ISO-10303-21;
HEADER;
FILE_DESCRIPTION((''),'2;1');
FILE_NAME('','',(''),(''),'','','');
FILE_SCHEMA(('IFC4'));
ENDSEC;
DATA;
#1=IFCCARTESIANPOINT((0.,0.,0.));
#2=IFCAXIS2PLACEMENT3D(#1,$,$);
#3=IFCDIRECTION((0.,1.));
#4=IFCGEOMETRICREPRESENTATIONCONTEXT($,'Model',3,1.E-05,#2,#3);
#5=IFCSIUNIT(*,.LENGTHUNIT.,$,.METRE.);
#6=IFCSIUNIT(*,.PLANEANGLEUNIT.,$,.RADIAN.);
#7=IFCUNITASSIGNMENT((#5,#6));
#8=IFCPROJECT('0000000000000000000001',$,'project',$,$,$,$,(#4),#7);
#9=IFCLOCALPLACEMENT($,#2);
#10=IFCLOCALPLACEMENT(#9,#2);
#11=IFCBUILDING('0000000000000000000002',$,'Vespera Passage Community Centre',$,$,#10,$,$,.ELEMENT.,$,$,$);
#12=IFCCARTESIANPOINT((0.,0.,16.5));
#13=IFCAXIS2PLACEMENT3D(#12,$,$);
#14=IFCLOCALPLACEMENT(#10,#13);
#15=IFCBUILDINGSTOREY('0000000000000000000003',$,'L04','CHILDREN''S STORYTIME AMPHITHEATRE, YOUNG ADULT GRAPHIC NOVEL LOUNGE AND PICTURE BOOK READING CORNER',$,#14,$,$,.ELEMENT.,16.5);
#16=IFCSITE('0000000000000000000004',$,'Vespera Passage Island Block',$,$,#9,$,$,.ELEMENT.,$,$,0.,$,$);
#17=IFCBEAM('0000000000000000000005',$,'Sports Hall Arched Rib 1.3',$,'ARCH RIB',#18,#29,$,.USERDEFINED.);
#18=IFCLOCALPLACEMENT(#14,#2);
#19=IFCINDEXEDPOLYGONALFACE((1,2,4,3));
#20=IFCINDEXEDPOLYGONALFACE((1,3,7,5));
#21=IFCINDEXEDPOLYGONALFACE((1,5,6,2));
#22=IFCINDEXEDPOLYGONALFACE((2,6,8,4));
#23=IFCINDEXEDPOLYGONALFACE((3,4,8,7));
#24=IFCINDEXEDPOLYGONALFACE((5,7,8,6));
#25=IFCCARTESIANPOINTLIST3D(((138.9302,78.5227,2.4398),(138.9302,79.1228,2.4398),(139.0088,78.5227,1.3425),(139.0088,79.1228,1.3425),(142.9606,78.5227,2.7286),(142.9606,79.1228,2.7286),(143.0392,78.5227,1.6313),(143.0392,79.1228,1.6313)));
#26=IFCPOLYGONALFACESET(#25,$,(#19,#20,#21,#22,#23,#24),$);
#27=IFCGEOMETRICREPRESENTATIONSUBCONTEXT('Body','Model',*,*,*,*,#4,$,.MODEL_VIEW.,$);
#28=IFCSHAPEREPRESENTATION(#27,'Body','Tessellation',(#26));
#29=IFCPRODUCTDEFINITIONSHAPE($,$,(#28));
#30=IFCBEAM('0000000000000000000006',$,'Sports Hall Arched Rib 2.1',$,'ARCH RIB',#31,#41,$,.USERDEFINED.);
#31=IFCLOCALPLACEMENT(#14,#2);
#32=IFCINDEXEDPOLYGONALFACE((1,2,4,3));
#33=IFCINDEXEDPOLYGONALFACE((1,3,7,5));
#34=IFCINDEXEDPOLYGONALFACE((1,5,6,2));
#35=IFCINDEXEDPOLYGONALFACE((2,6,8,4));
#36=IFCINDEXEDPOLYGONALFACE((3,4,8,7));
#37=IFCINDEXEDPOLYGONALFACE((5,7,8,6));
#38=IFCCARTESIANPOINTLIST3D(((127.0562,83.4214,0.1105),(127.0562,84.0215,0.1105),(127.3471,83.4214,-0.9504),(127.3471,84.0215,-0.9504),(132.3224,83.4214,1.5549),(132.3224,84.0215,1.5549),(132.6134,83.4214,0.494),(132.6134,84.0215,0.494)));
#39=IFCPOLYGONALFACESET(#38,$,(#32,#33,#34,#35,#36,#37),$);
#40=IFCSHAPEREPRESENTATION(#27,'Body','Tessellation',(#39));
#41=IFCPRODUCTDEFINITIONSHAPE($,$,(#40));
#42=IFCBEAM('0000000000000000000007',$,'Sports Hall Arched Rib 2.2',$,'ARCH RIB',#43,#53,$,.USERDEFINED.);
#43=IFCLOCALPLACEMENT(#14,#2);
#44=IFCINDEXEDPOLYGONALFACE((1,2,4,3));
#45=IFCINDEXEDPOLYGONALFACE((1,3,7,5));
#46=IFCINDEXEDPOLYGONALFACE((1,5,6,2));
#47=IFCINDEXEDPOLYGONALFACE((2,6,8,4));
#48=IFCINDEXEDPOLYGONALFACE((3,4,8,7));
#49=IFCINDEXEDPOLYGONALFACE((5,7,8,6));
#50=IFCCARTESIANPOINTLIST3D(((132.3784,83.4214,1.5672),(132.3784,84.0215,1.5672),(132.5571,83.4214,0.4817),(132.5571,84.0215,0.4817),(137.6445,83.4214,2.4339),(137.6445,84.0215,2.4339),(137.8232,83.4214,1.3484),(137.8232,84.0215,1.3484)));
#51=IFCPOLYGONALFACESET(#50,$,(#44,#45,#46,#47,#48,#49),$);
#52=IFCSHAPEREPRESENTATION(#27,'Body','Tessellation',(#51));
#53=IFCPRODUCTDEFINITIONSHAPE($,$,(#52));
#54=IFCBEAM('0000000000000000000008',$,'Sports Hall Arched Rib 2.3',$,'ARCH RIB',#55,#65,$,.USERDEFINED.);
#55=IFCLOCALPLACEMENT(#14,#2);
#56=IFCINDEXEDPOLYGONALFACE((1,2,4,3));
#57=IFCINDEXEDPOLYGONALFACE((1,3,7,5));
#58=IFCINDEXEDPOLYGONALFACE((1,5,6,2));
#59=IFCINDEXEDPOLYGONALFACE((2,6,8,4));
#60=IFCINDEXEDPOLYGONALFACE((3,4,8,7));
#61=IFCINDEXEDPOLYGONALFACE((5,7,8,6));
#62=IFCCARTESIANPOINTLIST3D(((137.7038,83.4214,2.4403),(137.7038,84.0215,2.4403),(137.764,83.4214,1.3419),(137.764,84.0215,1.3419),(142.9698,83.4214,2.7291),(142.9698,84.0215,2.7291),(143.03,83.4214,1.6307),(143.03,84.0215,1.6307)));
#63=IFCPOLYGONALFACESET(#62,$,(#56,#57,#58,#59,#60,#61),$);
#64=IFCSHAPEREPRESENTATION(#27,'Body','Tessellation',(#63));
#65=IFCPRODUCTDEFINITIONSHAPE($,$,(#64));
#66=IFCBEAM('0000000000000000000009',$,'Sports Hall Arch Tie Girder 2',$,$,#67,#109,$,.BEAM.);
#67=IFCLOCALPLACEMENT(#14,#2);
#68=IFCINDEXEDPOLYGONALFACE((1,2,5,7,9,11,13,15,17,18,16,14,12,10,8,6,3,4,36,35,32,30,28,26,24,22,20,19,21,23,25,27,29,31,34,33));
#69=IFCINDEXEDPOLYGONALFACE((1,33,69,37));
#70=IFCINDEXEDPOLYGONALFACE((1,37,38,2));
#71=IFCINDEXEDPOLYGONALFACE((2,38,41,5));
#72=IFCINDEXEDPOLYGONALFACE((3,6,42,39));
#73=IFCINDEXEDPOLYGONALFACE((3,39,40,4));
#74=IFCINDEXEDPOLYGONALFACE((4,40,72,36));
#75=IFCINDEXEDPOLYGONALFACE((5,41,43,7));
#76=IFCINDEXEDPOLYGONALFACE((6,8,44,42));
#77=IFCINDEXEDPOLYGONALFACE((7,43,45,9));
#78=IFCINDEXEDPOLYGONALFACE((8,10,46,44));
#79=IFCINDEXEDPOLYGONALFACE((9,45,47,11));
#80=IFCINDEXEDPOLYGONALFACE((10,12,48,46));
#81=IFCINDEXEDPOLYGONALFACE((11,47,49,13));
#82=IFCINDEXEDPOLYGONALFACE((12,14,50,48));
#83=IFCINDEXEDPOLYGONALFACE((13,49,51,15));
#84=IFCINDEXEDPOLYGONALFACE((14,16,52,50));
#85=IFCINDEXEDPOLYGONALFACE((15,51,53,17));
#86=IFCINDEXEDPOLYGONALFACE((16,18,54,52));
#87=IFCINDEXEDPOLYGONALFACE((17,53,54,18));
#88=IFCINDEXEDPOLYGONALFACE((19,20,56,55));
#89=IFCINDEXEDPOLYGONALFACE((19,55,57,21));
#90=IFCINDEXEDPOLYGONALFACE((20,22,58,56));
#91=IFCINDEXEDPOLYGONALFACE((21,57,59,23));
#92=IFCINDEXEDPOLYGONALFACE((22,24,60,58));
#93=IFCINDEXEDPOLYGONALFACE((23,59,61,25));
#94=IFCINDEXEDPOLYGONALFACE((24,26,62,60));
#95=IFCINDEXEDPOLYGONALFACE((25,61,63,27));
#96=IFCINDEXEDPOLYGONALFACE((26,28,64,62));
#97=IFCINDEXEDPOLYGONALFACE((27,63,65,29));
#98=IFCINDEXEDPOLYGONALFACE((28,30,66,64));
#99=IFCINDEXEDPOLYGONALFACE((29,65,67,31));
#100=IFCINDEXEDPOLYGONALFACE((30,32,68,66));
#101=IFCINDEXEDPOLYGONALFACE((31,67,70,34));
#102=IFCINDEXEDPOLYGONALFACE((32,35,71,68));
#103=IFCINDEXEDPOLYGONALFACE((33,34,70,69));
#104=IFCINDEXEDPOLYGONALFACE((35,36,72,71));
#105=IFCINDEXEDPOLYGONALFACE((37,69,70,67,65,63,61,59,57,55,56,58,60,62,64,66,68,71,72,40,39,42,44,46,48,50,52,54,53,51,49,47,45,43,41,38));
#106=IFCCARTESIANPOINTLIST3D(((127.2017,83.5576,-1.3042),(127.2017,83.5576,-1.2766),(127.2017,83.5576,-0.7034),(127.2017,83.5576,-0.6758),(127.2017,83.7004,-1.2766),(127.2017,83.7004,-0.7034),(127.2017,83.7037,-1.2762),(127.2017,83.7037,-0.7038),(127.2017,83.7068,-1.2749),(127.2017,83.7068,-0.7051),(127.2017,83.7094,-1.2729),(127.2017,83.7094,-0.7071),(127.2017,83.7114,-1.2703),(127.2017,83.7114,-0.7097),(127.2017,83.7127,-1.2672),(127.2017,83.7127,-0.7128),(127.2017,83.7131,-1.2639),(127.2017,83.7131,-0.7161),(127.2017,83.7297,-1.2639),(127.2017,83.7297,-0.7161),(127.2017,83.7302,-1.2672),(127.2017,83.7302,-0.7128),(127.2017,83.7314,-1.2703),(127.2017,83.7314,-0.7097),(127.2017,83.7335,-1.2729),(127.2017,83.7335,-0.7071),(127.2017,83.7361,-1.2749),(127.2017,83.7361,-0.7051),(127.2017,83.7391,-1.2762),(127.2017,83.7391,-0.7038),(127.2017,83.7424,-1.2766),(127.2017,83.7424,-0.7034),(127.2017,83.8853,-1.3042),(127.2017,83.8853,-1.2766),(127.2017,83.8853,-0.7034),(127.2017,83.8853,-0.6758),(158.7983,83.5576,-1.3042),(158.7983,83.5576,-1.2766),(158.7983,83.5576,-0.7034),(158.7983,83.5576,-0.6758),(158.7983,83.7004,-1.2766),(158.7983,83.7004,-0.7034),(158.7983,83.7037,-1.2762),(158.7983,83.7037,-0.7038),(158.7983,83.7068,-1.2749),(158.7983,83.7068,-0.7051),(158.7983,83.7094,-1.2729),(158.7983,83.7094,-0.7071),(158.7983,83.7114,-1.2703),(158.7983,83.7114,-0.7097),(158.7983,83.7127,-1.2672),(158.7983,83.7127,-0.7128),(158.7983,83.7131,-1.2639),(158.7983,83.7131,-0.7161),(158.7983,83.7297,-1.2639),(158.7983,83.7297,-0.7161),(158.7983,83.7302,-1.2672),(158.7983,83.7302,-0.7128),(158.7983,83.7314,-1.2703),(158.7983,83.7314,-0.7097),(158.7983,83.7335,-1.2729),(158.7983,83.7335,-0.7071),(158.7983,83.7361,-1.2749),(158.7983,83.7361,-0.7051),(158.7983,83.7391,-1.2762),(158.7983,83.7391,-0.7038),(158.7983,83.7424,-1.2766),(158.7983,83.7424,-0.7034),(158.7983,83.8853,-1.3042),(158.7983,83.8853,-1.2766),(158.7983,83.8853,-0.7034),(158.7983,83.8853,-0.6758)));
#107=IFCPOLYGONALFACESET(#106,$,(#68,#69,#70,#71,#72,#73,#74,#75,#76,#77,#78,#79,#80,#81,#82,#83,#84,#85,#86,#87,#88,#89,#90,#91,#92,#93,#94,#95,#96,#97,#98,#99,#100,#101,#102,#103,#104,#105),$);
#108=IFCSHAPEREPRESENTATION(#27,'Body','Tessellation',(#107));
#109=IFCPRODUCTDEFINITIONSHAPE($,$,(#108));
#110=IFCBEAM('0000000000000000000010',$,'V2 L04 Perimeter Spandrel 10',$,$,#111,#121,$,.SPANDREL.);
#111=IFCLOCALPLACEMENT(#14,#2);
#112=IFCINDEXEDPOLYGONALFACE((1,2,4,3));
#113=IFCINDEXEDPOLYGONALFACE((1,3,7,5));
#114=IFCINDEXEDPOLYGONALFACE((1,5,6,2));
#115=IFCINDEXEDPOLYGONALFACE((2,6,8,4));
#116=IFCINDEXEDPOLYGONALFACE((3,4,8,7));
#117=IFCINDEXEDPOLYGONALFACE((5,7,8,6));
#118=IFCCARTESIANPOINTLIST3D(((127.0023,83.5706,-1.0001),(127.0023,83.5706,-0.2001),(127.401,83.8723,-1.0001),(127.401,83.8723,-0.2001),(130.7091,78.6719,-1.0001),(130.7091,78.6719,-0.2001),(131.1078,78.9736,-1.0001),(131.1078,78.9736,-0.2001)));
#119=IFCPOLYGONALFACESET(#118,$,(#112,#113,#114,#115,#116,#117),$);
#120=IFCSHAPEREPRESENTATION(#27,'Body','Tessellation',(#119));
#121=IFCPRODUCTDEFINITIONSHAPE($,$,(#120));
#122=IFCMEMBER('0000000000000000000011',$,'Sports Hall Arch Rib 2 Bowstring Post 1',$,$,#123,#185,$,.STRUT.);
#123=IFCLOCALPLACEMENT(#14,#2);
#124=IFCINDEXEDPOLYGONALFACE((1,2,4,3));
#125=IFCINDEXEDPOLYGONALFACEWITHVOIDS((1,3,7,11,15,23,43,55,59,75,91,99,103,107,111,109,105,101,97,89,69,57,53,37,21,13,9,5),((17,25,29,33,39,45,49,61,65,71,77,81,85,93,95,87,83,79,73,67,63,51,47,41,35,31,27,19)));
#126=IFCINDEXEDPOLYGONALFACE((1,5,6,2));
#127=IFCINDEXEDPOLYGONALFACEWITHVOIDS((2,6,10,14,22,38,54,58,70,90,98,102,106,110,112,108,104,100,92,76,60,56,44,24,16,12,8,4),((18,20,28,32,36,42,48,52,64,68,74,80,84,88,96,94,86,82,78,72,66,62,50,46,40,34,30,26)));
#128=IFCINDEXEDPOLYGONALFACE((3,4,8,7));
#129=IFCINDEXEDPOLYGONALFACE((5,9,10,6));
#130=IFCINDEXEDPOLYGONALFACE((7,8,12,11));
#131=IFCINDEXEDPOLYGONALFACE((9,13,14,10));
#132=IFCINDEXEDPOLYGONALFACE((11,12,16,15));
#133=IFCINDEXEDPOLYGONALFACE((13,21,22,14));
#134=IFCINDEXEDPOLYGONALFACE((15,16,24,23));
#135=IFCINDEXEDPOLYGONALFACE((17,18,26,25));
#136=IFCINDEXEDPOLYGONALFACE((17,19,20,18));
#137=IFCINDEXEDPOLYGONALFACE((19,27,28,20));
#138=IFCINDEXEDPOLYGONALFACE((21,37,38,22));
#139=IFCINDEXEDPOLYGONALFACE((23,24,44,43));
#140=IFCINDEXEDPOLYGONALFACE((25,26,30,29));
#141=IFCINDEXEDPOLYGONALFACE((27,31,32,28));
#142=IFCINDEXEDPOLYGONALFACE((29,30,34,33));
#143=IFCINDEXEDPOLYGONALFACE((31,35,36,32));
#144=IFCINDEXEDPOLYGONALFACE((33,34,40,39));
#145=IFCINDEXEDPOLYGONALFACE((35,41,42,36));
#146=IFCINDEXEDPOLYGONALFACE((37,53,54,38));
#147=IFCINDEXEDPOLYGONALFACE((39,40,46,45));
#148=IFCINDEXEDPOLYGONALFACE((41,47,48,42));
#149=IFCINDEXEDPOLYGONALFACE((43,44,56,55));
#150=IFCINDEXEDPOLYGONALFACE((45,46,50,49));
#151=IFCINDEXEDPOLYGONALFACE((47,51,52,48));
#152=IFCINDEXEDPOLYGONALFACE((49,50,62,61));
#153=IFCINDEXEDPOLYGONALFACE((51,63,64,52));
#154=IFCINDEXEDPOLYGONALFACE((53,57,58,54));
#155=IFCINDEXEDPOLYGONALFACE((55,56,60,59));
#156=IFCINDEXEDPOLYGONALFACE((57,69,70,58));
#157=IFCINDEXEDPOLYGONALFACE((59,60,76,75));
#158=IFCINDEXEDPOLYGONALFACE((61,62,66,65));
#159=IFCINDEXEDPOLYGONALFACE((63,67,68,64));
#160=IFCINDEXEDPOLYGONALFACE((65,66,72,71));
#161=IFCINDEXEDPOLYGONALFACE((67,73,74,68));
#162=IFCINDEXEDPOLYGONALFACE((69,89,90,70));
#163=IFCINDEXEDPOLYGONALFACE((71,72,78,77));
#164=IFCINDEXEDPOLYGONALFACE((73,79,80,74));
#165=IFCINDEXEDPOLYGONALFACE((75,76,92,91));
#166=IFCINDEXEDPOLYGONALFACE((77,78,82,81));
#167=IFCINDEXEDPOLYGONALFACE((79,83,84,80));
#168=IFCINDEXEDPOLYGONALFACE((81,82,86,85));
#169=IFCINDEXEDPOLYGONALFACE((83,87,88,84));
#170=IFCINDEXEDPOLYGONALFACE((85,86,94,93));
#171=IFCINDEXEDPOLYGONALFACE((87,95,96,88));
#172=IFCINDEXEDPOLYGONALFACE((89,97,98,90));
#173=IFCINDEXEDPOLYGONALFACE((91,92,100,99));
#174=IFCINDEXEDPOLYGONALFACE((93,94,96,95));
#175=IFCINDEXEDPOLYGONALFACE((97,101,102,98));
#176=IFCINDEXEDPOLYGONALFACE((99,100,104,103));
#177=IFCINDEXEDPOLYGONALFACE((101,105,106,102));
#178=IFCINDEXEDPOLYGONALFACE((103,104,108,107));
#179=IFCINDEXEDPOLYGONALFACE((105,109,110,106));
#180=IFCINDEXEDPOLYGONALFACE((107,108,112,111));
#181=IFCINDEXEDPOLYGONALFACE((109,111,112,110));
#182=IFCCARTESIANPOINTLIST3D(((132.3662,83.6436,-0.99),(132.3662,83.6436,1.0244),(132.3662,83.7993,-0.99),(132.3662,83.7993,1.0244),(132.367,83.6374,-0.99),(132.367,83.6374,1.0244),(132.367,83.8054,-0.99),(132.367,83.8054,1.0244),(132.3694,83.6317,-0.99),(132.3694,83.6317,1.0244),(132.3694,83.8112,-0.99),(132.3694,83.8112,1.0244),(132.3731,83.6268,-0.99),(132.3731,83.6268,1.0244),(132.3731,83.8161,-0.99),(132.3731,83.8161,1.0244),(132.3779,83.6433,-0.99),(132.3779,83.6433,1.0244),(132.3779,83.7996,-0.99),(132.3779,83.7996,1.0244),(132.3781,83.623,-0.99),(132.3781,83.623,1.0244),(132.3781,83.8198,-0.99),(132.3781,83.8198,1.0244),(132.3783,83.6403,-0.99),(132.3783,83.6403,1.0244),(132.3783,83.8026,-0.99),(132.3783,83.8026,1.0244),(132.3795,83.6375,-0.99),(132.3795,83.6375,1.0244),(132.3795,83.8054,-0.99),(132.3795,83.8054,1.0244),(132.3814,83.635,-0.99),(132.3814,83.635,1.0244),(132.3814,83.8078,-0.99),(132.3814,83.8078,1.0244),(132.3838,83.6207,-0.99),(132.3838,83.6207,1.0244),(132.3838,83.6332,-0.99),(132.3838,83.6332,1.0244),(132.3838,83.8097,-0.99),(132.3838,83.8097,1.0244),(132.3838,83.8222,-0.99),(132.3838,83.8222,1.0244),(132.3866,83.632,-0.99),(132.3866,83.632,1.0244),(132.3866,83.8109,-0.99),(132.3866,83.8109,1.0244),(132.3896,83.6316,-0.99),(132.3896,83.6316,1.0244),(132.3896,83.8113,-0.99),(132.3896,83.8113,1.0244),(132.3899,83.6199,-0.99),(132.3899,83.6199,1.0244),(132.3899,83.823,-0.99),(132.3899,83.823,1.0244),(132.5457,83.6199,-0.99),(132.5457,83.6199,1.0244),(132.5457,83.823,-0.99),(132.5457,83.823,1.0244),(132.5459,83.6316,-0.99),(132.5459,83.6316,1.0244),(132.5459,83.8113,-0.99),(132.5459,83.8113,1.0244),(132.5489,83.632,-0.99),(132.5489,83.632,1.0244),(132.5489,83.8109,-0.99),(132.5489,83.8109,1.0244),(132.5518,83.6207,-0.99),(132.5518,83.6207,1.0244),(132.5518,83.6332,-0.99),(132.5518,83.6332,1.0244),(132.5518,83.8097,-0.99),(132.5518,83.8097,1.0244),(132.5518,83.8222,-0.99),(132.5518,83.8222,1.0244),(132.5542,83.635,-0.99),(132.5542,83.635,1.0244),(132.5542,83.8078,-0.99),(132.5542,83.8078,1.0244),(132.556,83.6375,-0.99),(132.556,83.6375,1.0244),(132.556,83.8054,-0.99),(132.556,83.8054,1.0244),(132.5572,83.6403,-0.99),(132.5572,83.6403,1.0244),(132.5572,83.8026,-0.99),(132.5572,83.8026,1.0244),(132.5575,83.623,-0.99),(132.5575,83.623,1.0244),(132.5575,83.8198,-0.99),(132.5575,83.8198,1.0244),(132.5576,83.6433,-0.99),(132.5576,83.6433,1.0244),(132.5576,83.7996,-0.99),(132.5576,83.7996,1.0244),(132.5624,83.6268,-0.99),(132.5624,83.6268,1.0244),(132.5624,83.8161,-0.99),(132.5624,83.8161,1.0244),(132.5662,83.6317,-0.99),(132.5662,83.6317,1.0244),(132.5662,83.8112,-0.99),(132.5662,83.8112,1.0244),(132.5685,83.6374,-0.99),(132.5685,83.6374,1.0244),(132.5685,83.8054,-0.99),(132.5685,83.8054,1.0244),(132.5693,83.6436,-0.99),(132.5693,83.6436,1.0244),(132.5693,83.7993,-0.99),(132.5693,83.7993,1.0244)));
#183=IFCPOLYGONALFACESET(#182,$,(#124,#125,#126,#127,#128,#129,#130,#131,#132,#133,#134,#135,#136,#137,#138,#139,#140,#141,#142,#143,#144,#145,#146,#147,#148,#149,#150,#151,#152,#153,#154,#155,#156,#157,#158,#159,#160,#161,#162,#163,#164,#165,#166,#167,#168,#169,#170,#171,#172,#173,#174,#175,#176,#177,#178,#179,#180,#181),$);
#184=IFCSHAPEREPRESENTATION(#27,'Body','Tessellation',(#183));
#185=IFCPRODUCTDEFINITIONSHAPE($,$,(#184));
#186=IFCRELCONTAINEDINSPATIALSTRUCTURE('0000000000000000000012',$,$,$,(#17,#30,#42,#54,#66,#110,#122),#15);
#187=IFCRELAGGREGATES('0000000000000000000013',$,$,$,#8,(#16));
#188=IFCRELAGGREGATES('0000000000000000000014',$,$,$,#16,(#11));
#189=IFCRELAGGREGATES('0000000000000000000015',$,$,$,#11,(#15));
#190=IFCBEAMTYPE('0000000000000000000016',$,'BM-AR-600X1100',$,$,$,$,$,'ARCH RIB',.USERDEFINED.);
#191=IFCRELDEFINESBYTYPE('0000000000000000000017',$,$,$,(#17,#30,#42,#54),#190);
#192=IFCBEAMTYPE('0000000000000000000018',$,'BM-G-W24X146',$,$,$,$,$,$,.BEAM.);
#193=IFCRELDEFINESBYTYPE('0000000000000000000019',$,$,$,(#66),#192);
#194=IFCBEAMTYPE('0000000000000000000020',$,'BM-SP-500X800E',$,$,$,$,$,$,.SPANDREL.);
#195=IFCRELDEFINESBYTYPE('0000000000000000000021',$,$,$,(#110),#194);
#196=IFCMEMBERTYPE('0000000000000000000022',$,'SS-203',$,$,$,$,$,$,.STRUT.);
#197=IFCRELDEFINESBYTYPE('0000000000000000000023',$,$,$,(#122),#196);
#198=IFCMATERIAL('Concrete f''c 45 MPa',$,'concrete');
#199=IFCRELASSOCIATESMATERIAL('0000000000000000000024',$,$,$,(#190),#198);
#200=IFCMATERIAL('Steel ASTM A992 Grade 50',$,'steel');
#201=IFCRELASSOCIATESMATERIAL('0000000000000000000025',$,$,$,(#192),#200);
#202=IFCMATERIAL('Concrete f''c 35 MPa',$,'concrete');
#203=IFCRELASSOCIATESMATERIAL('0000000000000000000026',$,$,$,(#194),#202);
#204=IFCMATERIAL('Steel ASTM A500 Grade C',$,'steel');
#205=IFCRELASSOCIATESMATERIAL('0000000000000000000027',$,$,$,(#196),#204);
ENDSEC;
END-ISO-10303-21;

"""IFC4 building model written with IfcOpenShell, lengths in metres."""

from ifc_helpers import new_model, si_unit, direction, frame, origin, origin_2d, place, context, subcontext, project, spatial, rectangle, hollow_rectangle, i_section, extrude, material, material_profile, profile_set, type_object, element, save


model = new_model("IFC4")

# Units and contexts
model_context = context("Model", 3, precision=1e-05, world=origin(), true_north=direction((0.0, 1.0)))
body_context = subcontext(model_context, "Body", "Model", "MODEL_VIEW")
ifc_project = project(units=[si_unit("LENGTHUNIT", "METRE"), si_unit("PLANEANGLEUNIT", "RADIAN")], contexts=[model_context])

# Site, building, storey
site_placement = place(None, origin())
site = spatial("IfcSite", under=ifc_project, at=site_placement, Name="Vespera Passage Island Block", CompositionType="ELEMENT", RefElevation=0.0)
building_placement = place(site_placement, origin())
building = spatial("IfcBuilding", under=site, at=building_placement, Name="Vespera Passage Community Centre", CompositionType="ELEMENT")
storey_placement = place(building_placement, frame((0.0, 0.0, 16.5)))
storey = spatial("IfcBuildingStorey", under=building, at=storey_placement, Name="L04", Description="CHILDREN'S STORYTIME AMPHITHEATRE, YOUNG ADULT GRAPHIC NOVEL LOUNGE AND PICTURE BOOK READING CORNER", CompositionType="ELEMENT", Elevation=16.5)

# Beams
ifc_material_1 = material(Name="Concrete f'c 45 MPa", Category="concrete")
ifc_material_profile_1 = material_profile(ifc_material_1, rectangle(XDim=0.6001, YDim=1.1001, at=origin_2d()), Name="RC600X1100")
ifc_profile_set_1 = profile_set([ifc_material_profile_1], Name="Concrete f'c 45 MPa")
beam_type_1 = type_object("IfcBeamType", Name="BM-AR-600X1100", ElementType="ARCH RIB", PredefinedType="USERDEFINED", material=ifc_profile_set_1)
beam_1_placement = place(storey_placement, frame((138.9695, 78.8228, 1.8911), z_axis=(0.997442, 0.0, 0.071475), x_axis=(0.0, 1.0, 0.0)))
element("IfcBeam", 1, at=beam_1_placement, inside=storey, type_object=beam_type_1, Name="Sports Hall Arched Rib 1.3", ObjectType="ARCH RIB", PredefinedType="USERDEFINED", context=body_context, shape_type="SweptSolid", body=[
    extrude(rectangle(XDim=0.6001, YDim=1.1001, at=origin_2d()), origin(), (0.0, 0.0, 1.0), 4.0408),
])
beam_2_placement = place(storey_placement, frame((127.2017, 83.7214, -0.4199), z_axis=(0.964385, 0.0, 0.264502), x_axis=(0.0, 1.0, 0.0)))
element("IfcBeam", 2, at=beam_2_placement, inside=storey, type_object=beam_type_1, Name="Sports Hall Arched Rib 2.1", ObjectType="ARCH RIB", PredefinedType="USERDEFINED", context=body_context, shape_type="SweptSolid", body=[
    extrude(rectangle(XDim=0.6001, YDim=1.1001, at=origin_2d()), origin(), (0.0, 0.0, 1.0), 5.4607),
])
beam_3_placement = place(storey_placement, frame((132.4678, 83.7214, 1.0244), z_axis=(0.986726, 0.0, 0.162396), x_axis=(0.0, 1.0, 0.0)))
element("IfcBeam", 3, at=beam_3_placement, inside=storey, type_object=beam_type_1, Name="Sports Hall Arched Rib 2.2", ObjectType="ARCH RIB", PredefinedType="USERDEFINED", context=body_context, shape_type="SweptSolid", body=[
    extrude(rectangle(XDim=0.6001, YDim=1.1001, at=origin_2d()), origin(), (0.0, 0.0, 1.0), 5.3369),
])
beam_4_placement = place(storey_placement, frame((137.7339, 83.7214, 1.8911), z_axis=(0.998499, 0.0, 0.054762), x_axis=(0.0, 1.0, 0.0)))
element("IfcBeam", 4, at=beam_4_placement, inside=storey, type_object=beam_type_1, Name="Sports Hall Arched Rib 2.3", ObjectType="ARCH RIB", PredefinedType="USERDEFINED", context=body_context, shape_type="SweptSolid", body=[
    extrude(rectangle(XDim=0.6001, YDim=1.1001, at=origin_2d()), origin(), (0.0, 0.0, 1.0), 5.2739),
])
ifc_material_2 = material(Name="Steel ASTM A992 Grade 50", Category="steel")
ifc_material_profile_2 = material_profile(ifc_material_2, i_section(OverallWidth=0.3276, OverallDepth=0.6284, WebThickness=0.0166, FlangeThickness=0.0276, FilletRadius=0.0127, at=origin_2d()), Name="W24X146")
ifc_profile_set_2 = profile_set([ifc_material_profile_2], Name="Steel ASTM A992 Grade 50")
beam_type_2 = type_object("IfcBeamType", Name="BM-G-W24X146", PredefinedType="BEAM", material=ifc_profile_set_2)
beam_5_placement = place(storey_placement, frame((127.2017, 83.7214, -0.99), z_axis=(1.0, 0.0, 0.0), x_axis=(0.0, 1.0, 0.0)))
element("IfcBeam", 5, at=beam_5_placement, inside=storey, type_object=beam_type_2, Name="Sports Hall Arch Tie Girder 2", PredefinedType="BEAM", context=body_context, shape_type="SweptSolid", body=[
    extrude(i_section(OverallWidth=0.3276, OverallDepth=0.6284, WebThickness=0.0166, FlangeThickness=0.0276, FilletRadius=0.0127, at=origin_2d()), origin(), (0.0, 0.0, 1.0), 31.5967),
])
ifc_material_3 = material(Name="Concrete f'c 35 MPa", Category="concrete")
ifc_material_profile_3 = material_profile(ifc_material_3, rectangle(XDim=0.5, YDim=0.8, at=origin_2d()), Name="RC500X800")
ifc_profile_set_3 = profile_set([ifc_material_profile_3], Name="Concrete f'c 35 MPa")
beam_type_3 = type_object("IfcBeamType", Name="BM-SP-500X800E", PredefinedType="SPANDREL", material=ifc_profile_set_3)
beam_6_placement = place(storey_placement, frame((127.2017, 83.7214, -0.6001), z_axis=(0.603409, -0.797432, 0.0), x_axis=(0.797432, 0.603409, 0.0)))
element("IfcBeam", 6, at=beam_6_placement, inside=storey, type_object=beam_type_3, Name="V2 L04 Perimeter Spandrel 10", PredefinedType="SPANDREL", context=body_context, shape_type="SweptSolid", body=[
    extrude(rectangle(XDim=0.5, YDim=0.8, at=origin_2d()), origin(), (0.0, 0.0, 1.0), 6.1431),
])

# Member
ifc_material_4 = material(Name="Steel ASTM A500 Grade C", Category="steel")
ifc_material_profile_4 = material_profile(ifc_material_4, hollow_rectangle(XDim=0.2031, YDim=0.2031, WallThickness=0.0117, InnerFilletRadius=0.0117, OuterFilletRadius=0.0237, at=origin_2d()), Name="HSS203X203X12.7")
ifc_profile_set_4 = profile_set([ifc_material_profile_4], Name="Steel ASTM A500 Grade C")
member_type_1 = type_object("IfcMemberType", Name="SS-203", PredefinedType="STRUT", material=ifc_profile_set_4)
member_1_placement = place(storey_placement, frame((132.4678, 83.7214, -0.99), z_axis=(0.0, 0.0, 1.0), x_axis=(1.0, 0.0, 0.0)))
element("IfcMember", 7, at=member_1_placement, inside=storey, type_object=member_type_1, Name="Sports Hall Arch Rib 2 Bowstring Post 1", PredefinedType="STRUT", context=body_context, shape_type="SweptSolid", body=[
    extrude(hollow_rectangle(XDim=0.2031, YDim=0.2031, WallThickness=0.0117, InnerFilletRadius=0.0117, OuterFilletRadius=0.0237, at=origin_2d()), origin(), (0.0, 0.0, 1.0), 2.0144),
])

save(model, "model.ifc")
